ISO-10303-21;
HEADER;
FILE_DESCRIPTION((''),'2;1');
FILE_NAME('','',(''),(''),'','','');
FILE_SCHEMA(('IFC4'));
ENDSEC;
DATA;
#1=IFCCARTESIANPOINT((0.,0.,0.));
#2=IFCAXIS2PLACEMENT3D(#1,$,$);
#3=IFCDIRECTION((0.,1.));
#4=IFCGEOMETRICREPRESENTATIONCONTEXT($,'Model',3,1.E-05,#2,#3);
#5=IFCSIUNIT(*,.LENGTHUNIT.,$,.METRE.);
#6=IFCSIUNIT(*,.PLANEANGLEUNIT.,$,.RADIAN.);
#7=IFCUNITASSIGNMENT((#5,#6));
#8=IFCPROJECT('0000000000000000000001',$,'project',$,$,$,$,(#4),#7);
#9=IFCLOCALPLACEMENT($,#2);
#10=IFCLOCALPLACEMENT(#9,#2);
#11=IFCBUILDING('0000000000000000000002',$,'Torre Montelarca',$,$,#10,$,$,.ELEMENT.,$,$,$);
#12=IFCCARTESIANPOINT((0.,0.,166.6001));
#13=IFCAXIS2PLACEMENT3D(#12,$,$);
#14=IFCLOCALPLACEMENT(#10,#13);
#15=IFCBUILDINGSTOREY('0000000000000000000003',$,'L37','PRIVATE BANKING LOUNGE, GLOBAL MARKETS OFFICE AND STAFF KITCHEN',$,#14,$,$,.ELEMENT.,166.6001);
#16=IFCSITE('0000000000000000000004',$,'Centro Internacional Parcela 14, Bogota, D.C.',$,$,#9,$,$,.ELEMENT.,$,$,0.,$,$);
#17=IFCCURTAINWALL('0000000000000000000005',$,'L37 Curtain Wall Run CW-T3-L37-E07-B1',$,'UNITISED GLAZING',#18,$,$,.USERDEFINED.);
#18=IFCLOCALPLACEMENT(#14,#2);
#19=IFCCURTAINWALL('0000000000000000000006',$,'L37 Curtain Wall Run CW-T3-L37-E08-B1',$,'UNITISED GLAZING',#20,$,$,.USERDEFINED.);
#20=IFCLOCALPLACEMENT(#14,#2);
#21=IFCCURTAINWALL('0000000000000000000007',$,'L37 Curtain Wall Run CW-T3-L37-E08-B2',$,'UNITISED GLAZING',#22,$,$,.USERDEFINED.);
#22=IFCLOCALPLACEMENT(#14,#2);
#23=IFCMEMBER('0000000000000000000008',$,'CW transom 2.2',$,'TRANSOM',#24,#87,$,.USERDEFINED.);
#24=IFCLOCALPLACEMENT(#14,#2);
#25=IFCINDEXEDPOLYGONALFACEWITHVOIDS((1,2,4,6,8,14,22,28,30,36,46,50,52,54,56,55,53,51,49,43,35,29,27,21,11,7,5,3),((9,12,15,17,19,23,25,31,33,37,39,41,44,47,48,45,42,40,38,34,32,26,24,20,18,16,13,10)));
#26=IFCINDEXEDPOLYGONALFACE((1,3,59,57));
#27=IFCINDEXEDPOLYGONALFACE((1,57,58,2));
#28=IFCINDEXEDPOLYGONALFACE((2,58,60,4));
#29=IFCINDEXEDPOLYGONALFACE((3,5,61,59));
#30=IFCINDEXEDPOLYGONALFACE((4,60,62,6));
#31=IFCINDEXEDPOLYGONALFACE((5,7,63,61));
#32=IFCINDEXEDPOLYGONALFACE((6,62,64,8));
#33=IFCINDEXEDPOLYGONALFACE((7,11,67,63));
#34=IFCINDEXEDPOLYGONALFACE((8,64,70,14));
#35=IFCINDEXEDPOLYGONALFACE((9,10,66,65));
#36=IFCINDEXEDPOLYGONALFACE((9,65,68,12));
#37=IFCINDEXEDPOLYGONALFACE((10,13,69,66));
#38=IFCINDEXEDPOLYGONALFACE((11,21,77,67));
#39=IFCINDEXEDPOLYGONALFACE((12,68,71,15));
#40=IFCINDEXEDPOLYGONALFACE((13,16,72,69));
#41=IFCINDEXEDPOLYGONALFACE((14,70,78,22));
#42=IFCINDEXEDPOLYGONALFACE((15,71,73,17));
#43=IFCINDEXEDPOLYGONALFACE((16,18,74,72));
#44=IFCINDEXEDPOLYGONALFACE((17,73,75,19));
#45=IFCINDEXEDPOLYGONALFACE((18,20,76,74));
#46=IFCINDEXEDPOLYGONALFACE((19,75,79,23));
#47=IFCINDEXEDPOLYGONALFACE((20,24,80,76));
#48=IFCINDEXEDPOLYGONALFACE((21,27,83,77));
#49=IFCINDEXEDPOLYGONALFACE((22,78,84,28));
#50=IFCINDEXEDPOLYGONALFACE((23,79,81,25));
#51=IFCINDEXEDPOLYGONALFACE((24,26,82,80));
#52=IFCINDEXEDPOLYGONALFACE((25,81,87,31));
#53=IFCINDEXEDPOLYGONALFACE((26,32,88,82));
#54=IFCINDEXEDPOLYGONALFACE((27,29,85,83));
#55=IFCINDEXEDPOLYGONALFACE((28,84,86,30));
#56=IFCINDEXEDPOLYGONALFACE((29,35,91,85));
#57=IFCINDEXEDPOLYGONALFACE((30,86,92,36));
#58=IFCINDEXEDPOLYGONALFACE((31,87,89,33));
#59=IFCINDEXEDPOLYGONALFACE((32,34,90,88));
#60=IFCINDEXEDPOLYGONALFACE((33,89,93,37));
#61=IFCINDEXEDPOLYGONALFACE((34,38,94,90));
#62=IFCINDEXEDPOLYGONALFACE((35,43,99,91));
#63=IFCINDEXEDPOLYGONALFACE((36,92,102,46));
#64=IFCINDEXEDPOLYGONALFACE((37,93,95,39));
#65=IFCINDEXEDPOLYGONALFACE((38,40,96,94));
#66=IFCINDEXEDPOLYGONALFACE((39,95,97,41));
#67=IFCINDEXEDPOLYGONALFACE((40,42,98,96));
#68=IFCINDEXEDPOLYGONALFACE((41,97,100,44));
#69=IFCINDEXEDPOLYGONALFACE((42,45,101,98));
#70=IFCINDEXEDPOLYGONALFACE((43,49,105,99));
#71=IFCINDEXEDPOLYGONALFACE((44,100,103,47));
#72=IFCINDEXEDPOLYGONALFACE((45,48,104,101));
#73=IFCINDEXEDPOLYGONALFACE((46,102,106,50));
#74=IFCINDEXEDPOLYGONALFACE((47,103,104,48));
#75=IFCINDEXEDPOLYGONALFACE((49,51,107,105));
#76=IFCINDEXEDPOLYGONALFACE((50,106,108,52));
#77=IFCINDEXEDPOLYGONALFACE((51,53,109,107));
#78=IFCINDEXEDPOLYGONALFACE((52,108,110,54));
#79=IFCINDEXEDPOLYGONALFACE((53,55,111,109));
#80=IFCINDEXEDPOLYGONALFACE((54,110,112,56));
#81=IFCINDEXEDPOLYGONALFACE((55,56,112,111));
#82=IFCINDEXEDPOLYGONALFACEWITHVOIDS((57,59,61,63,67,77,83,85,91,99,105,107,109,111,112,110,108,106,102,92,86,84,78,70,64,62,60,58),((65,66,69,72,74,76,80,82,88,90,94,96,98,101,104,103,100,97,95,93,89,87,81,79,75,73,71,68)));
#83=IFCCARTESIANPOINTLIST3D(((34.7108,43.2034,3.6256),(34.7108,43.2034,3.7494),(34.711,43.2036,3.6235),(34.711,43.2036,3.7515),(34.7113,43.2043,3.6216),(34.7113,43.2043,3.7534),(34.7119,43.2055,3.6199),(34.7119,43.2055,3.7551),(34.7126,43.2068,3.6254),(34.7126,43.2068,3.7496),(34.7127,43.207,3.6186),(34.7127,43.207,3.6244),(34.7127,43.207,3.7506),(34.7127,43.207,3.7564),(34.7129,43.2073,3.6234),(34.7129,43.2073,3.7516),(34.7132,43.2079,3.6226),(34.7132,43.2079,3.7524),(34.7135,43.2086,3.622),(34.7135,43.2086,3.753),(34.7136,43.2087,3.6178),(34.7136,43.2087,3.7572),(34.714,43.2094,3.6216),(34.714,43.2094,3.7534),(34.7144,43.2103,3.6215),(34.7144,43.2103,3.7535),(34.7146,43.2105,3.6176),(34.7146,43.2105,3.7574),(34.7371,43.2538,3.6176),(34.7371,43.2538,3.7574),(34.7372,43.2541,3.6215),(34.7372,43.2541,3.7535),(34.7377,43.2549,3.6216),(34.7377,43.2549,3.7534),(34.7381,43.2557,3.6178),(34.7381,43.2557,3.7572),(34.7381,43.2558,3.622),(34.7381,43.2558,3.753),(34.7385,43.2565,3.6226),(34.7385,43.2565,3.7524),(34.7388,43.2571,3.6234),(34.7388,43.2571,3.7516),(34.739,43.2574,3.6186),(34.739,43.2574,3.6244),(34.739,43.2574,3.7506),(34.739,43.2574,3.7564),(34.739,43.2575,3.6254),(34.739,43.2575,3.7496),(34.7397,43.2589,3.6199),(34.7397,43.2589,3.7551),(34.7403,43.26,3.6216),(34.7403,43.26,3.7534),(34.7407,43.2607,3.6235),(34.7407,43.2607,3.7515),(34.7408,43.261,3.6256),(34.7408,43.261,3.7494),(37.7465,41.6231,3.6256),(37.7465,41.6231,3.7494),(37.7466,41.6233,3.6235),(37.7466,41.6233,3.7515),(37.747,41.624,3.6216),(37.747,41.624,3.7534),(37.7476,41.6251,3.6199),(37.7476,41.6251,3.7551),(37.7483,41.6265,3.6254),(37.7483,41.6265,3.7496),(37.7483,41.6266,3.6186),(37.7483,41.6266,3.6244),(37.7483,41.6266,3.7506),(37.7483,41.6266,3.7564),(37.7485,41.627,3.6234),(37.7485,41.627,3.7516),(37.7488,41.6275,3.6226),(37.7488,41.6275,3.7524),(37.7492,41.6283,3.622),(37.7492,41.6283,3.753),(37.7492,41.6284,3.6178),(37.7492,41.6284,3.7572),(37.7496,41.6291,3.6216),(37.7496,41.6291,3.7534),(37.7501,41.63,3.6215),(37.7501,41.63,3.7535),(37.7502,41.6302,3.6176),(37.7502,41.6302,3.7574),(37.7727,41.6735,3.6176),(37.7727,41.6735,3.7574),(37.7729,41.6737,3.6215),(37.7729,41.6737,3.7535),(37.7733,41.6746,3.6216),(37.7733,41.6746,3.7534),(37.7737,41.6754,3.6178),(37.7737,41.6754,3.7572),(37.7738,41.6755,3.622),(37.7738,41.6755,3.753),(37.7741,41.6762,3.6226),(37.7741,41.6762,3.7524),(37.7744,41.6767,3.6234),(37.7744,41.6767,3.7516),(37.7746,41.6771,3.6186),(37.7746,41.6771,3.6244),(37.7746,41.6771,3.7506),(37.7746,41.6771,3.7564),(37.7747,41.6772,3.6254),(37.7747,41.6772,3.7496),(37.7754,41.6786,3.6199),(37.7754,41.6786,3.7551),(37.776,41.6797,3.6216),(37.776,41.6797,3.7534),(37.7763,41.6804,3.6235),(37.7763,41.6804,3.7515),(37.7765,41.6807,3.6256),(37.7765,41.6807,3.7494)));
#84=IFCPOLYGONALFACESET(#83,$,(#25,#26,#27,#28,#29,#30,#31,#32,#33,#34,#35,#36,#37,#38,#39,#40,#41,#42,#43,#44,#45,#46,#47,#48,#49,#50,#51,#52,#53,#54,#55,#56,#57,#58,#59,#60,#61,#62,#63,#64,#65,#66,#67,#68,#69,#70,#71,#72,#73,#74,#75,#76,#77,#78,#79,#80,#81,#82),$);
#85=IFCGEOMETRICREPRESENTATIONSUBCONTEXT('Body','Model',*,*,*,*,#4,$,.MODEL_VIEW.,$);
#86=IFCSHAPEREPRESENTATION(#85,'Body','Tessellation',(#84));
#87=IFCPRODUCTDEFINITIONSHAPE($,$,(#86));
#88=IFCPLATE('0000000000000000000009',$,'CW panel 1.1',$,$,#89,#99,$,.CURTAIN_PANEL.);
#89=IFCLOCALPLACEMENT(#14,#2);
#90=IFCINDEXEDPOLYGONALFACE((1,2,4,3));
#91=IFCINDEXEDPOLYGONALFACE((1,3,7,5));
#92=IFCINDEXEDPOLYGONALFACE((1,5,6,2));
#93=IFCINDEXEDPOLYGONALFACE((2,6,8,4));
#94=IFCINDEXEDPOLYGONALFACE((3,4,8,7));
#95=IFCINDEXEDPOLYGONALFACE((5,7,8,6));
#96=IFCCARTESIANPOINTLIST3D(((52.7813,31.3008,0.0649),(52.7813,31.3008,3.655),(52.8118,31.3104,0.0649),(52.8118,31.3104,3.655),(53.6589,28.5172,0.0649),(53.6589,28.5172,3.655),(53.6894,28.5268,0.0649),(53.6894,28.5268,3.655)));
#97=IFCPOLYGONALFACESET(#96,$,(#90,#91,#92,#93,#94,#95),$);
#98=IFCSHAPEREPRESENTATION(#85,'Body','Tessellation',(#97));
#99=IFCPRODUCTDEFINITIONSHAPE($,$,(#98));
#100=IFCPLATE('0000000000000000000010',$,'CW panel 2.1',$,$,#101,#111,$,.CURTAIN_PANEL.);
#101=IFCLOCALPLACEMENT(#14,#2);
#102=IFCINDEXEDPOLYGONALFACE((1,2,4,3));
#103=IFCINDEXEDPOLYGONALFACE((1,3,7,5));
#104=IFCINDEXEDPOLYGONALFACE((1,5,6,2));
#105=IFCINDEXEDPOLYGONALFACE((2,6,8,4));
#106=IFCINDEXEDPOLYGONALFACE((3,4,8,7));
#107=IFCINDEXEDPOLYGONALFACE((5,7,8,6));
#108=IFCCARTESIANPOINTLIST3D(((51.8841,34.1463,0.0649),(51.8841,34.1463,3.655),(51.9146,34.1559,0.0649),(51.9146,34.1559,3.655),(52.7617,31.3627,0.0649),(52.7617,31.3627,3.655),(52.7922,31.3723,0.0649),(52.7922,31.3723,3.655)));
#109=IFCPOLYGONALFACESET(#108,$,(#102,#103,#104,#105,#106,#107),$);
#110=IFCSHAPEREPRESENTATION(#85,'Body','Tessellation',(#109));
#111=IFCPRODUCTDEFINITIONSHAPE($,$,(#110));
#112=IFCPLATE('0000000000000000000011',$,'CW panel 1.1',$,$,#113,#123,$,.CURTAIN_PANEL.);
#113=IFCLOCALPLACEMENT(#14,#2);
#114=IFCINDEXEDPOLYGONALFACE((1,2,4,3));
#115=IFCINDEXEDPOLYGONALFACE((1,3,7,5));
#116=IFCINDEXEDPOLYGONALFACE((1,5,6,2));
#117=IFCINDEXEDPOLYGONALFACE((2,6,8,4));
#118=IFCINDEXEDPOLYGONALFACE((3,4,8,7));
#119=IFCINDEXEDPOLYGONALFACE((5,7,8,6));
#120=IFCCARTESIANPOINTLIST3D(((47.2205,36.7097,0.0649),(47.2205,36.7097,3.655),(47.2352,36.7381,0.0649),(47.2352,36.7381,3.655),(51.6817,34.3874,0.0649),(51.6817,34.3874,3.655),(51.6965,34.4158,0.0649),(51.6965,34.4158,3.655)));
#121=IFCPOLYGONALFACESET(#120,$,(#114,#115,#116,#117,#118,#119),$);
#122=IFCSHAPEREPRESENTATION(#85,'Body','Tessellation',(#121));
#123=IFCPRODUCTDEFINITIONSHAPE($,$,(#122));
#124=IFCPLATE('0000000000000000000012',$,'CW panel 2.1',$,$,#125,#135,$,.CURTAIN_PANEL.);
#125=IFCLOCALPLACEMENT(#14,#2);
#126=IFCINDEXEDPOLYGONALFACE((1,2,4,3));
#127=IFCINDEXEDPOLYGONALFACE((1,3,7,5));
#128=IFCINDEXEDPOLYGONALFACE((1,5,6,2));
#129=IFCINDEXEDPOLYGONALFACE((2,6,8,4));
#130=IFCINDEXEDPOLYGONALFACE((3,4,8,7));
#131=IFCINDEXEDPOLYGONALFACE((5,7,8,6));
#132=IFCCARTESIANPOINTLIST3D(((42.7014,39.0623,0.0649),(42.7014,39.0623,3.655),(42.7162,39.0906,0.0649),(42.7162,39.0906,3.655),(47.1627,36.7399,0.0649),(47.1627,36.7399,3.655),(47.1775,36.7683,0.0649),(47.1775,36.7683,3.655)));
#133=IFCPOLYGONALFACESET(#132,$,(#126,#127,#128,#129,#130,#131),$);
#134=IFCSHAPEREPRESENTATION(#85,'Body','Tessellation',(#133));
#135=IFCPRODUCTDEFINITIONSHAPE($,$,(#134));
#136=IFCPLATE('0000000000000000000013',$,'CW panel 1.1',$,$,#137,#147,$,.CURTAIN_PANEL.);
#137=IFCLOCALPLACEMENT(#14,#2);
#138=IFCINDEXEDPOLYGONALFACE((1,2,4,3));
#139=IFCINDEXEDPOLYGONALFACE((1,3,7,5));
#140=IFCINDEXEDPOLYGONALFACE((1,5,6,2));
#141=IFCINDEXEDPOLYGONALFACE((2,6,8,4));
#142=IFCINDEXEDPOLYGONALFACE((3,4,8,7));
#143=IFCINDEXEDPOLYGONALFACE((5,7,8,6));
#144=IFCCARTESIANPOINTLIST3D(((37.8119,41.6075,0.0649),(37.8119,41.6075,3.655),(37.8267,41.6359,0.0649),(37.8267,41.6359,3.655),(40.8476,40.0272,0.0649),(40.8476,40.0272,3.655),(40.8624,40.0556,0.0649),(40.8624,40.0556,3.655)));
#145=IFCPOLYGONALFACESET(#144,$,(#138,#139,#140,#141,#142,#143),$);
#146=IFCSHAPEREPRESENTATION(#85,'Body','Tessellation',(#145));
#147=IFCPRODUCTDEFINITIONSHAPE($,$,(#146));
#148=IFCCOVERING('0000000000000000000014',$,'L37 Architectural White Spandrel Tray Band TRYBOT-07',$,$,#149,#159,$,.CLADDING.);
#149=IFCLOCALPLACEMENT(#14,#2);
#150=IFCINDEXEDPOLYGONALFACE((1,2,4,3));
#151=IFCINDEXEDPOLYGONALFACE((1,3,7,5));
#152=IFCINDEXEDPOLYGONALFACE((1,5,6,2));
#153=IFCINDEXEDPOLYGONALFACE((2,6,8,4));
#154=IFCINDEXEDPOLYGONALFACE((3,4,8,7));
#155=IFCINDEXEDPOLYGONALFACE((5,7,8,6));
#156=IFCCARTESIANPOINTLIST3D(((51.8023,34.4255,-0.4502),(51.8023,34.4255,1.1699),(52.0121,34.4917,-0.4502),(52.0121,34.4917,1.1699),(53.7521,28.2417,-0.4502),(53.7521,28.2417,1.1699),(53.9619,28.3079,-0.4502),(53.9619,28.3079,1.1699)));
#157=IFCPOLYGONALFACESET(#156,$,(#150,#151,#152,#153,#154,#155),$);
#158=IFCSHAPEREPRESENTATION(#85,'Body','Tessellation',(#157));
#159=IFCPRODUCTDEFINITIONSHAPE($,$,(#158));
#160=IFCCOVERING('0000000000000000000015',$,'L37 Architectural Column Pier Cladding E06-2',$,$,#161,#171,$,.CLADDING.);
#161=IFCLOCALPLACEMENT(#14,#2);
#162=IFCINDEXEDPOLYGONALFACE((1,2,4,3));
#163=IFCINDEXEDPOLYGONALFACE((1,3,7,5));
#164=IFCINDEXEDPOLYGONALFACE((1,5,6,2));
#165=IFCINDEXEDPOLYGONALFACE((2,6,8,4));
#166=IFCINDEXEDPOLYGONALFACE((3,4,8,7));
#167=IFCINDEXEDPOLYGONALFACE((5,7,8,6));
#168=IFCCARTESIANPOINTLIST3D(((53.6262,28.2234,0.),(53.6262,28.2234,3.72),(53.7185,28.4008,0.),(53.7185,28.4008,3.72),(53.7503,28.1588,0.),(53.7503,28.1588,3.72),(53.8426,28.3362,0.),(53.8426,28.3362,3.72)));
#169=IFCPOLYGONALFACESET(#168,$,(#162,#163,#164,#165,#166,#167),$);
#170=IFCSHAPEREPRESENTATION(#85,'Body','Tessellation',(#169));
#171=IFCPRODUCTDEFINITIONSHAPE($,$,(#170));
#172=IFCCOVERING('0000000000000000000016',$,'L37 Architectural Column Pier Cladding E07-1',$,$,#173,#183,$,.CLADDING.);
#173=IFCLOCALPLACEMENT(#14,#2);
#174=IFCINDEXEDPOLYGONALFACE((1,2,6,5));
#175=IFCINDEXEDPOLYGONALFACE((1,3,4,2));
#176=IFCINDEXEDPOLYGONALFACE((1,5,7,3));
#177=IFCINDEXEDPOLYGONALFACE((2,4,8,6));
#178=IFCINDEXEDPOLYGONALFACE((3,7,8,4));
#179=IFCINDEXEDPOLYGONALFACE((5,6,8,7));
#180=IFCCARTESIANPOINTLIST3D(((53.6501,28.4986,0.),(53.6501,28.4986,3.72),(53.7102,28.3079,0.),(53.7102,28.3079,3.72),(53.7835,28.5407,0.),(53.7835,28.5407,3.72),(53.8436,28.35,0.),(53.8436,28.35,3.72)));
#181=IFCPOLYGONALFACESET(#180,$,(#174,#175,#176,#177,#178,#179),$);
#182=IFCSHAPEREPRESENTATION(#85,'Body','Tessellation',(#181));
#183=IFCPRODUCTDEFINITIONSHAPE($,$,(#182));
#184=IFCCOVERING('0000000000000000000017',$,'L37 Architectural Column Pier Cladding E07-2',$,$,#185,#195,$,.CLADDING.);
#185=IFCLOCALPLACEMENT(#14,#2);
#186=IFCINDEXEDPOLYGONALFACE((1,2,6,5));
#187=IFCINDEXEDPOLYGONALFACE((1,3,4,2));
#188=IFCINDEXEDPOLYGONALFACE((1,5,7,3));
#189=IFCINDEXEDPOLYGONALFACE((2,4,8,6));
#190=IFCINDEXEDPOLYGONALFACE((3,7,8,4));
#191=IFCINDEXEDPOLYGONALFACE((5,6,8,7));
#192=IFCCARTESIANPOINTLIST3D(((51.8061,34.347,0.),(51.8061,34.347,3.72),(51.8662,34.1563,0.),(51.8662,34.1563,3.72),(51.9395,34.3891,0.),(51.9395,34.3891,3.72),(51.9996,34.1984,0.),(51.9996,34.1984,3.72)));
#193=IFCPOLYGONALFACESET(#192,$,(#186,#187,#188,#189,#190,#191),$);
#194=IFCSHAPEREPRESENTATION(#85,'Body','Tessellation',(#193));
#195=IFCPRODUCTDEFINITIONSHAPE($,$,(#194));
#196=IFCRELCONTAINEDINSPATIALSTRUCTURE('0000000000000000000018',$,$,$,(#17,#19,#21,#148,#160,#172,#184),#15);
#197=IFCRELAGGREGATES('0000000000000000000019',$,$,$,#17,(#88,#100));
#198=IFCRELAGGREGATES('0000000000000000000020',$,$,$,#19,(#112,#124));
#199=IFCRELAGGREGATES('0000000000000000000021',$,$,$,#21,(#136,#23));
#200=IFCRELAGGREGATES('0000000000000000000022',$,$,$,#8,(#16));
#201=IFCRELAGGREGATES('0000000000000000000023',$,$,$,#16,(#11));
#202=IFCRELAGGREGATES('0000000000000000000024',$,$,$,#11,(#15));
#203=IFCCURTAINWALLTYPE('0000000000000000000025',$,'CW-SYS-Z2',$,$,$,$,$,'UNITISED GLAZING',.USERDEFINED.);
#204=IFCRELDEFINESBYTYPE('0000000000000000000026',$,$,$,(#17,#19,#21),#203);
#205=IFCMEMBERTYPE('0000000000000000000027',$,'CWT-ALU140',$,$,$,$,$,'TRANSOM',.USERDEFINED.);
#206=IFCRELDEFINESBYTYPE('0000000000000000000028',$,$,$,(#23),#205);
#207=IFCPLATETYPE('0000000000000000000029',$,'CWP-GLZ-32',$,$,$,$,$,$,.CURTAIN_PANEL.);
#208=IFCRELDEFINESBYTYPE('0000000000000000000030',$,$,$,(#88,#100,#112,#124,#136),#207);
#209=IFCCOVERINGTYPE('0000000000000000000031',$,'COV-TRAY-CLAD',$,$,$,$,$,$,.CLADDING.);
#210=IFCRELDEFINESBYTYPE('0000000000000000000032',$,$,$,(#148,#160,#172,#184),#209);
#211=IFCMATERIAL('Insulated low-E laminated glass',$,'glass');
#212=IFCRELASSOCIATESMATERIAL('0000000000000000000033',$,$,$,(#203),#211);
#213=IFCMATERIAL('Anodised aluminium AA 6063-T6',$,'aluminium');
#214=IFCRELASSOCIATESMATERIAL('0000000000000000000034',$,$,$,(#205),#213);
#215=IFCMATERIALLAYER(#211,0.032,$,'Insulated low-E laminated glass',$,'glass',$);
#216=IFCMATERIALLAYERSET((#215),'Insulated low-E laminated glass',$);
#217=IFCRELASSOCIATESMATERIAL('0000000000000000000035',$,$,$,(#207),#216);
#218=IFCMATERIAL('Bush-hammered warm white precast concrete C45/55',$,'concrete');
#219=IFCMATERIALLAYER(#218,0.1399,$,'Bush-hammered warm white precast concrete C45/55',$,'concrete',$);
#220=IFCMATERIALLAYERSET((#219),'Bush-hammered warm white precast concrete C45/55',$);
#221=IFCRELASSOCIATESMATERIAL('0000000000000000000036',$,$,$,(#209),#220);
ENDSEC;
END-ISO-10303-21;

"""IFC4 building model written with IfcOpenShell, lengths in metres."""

from ifc_helpers import new_model, si_unit, direction, frame, origin, origin_2d, place, context, subcontext, project, spatial, rectangle, hollow_rectangle, extrude, source, transform, mapped, material, layer, layer_set, material_profile, profile_set, type_object, element, aggregate, save


model = new_model("IFC4")

# Units and contexts
model_context = context("Model", 3, precision=1e-05, world=origin(), true_north=direction((0.0, 1.0)))
body_context = subcontext(model_context, "Body", "Model", "MODEL_VIEW")
ifc_project = project(units=[si_unit("LENGTHUNIT", "METRE"), si_unit("PLANEANGLEUNIT", "RADIAN")], contexts=[model_context])

# Site, building, storey
site_placement = place(None, origin())
site = spatial("IfcSite", under=ifc_project, at=site_placement, Name="Centro Internacional Parcela 14, Bogota, D.C.", CompositionType="ELEMENT", RefElevation=0.0)
building_placement = place(site_placement, origin())
building = spatial("IfcBuilding", under=site, at=building_placement, Name="Torre Montelarca", CompositionType="ELEMENT")
storey_placement = place(building_placement, frame((0.0, 0.0, 166.6001)))
storey = spatial("IfcBuildingStorey", under=building, at=storey_placement, Name="L37", Description="PRIVATE BANKING LOUNGE, GLOBAL MARKETS OFFICE AND STAFF KITCHEN", CompositionType="ELEMENT", Elevation=166.6001)

# Curtain wall
ifc_material_1 = material(Name="Insulated low-E laminated glass", Category="glass")
curtain_wall_type = type_object("IfcCurtainWallType", Name="CW-SYS-Z2", ElementType="UNITISED GLAZING", PredefinedType="USERDEFINED", material=ifc_material_1)
curtain_wall_1_placement = place(storey_placement, origin())
curtain_wall_1 = element("IfcCurtainWall", 1, at=curtain_wall_1_placement, inside=storey, type_object=curtain_wall_type, Name="L37 Curtain Wall Run CW-T3-L37-E07-B1", ObjectType="UNITISED GLAZING", PredefinedType="USERDEFINED")
ifc_material_2 = material(Name="Anodised aluminium AA 6063-T6", Category="aluminium")
ifc_material_profile_1 = material_profile(ifc_material_2, hollow_rectangle(XDim=0.0649, YDim=0.1399, WallThickness=0.0039, InnerFilletRadius=0.0039, OuterFilletRadius=0.0081, at=origin_2d()), Name="ALU65X140X4", Category="aluminium")
ifc_profile_set_1 = profile_set([ifc_material_profile_1], Name="Anodised aluminium AA 6063-T6")
member_type_1 = type_object("IfcMemberType", Name="CWT-ALU140", ElementType="TRANSOM", PredefinedType="USERDEFINED", material=ifc_profile_set_1)

# Curtain walls
curtain_wall_2_placement = place(storey_placement, origin())
curtain_wall_2 = element("IfcCurtainWall", 2, at=curtain_wall_2_placement, inside=storey, type_object=curtain_wall_type, Name="L37 Curtain Wall Run CW-T3-L37-E08-B1", ObjectType="UNITISED GLAZING", PredefinedType="USERDEFINED")
curtain_wall_3_placement = place(storey_placement, origin())
curtain_wall_3 = element("IfcCurtainWall", 3, at=curtain_wall_3_placement, inside=storey, type_object=curtain_wall_type, Name="L37 Curtain Wall Run CW-T3-L37-E08-B2", ObjectType="UNITISED GLAZING", PredefinedType="USERDEFINED")

# Member
shared_shape_1 = source(origin(), body_context, "Body", "SweptSolid", [
    extrude(hollow_rectangle(XDim=0.0649, YDim=0.1399, WallThickness=0.0039, InnerFilletRadius=0.0039, OuterFilletRadius=0.0081, at=origin_2d()), origin(), (0.0, 0.0, 1.0), 3.4224),
])
member_1_placement = place(storey_placement, frame((37.7615, 41.6519, 3.6875), z_axis=(-0.887003, 0.461764, 0.0), x_axis=(-0.461764, -0.887003, 0.0)))
member_1 = element("IfcMember", 4, at=member_1_placement, type_object=member_type_1, Name="CW transom 2.2", ObjectType="TRANSOM", PredefinedType="USERDEFINED", context=body_context, shape_type="MappedRepresentation", body=[
    mapped(shared_shape_1, transform((0.0, 0.0, 0.0), scale=1.0)),
])

# Plates
ifc_layer_1 = layer(ifc_material_1, 0.032, Name="Insulated low-E laminated glass", Category="glass")
ifc_layer_set_1 = layer_set([ifc_layer_1], Name="Insulated low-E laminated glass")
plate_type = type_object("IfcPlateType", Name="CWP-GLZ-32", PredefinedType="CURTAIN_PANEL", material=ifc_layer_set_1)
shared_shape_2 = source(origin(), body_context, "Body", "SweptSolid", [
    extrude(rectangle(XDim=2.9187, YDim=0.032, at=origin_2d()), origin(), (0.0, 0.0, 1.0), 3.5901),
])
plate_1_placement = place(storey_placement, frame((53.2354, 29.9138, 0.0649), z_axis=(0.0, 0.0, 1.0), x_axis=(-0.300699, 0.953719, 0.0)))
plate_1 = element("IfcPlate", 5, at=plate_1_placement, type_object=plate_type, Name="CW panel 1.1", PredefinedType="CURTAIN_PANEL", context=body_context, shape_type="MappedRepresentation", body=[
    mapped(shared_shape_2, transform((0.0, 0.0, 0.0), scale=1.0)),
])
plate_2_placement = place(storey_placement, frame((52.3381, 32.7593, 0.0649), z_axis=(0.0, 0.0, 1.0), x_axis=(-0.300699, 0.953719, 0.0)))
plate_2 = element("IfcPlate", 6, at=plate_2_placement, type_object=plate_type, Name="CW panel 2.1", PredefinedType="CURTAIN_PANEL", context=body_context, shape_type="MappedRepresentation", body=[
    mapped(shared_shape_2, transform((0.0, 0.0, 0.0), scale=1.0)),
])
aggregate(curtain_wall_1, [plate_1, plate_2])
shared_shape_3 = source(origin(), body_context, "Body", "SweptSolid", [
    extrude(rectangle(XDim=5.0295, YDim=0.032, at=origin_2d()), origin(), (0.0, 0.0, 1.0), 3.5901),
])
plate_3_placement = place(storey_placement, frame((49.4585, 35.5627, 0.0649), z_axis=(0.0, 0.0, 1.0), x_axis=(-0.887014, 0.461743, 0.0)))
plate_3 = element("IfcPlate", 7, at=plate_3_placement, type_object=plate_type, Name="CW panel 1.1", PredefinedType="CURTAIN_PANEL", context=body_context, shape_type="MappedRepresentation", body=[
    mapped(shared_shape_3, transform((0.0, 0.0, 0.0), scale=1.0)),
])
plate_4_placement = place(storey_placement, frame((44.9395, 37.9153, 0.0649), z_axis=(0.0, 0.0, 1.0), x_axis=(-0.887014, 0.461743, 0.0)))
plate_4 = element("IfcPlate", 8, at=plate_4_placement, type_object=plate_type, Name="CW panel 2.1", PredefinedType="CURTAIN_PANEL", context=body_context, shape_type="MappedRepresentation", body=[
    mapped(shared_shape_3, transform((0.0, 0.0, 0.0), scale=1.0)),
])
aggregate(curtain_wall_2, [plate_3, plate_4])
shared_shape_4 = source(origin(), body_context, "Body", "SweptSolid", [
    extrude(rectangle(XDim=3.4224, YDim=0.032, at=origin_2d()), origin(), (0.0, 0.0, 1.0), 3.5901),
])
plate_5_placement = place(storey_placement, frame((39.3372, 40.8315, 0.0649), z_axis=(0.0, 0.0, 1.0), x_axis=(-0.887013, 0.461745, 0.0)))
plate_5 = element("IfcPlate", 9, at=plate_5_placement, type_object=plate_type, Name="CW panel 1.1", PredefinedType="CURTAIN_PANEL", context=body_context, shape_type="MappedRepresentation", body=[
    mapped(shared_shape_4, transform((0.0, 0.0, 0.0), scale=1.0)),
])
aggregate(curtain_wall_3, [plate_5, member_1])

# Coverings
ifc_material_3 = material(Name="Bush-hammered warm white precast concrete C45/55", Category="concrete")
ifc_layer_2 = layer(ifc_material_3, 0.1399, Name="Bush-hammered warm white precast concrete C45/55", Category="concrete")
ifc_layer_set_2 = layer_set([ifc_layer_2], Name="Bush-hammered warm white precast concrete C45/55")
covering_type = type_object("IfcCoveringType", Name="COV-TRAY-CLAD", PredefinedType="CLADDING", material=ifc_layer_set_2)
shared_shape_5 = source(origin(), body_context, "Body", "SweptSolid", [
    extrude(rectangle(XDim=6.4839, YDim=0.22, at=origin_2d()), origin(), (0.0, 0.0, 1.0), 1.6201),
])
covering_1_placement = place(storey_placement, frame((52.8821, 31.3667, -0.4502), z_axis=(0.0, 0.0, 1.0), x_axis=(-0.300709, 0.953716, 0.0)))
element("IfcCovering", 10, at=covering_1_placement, inside=storey, type_object=covering_type, Name="L37 Architectural White Spandrel Tray Band TRYBOT-07", PredefinedType="CLADDING", context=body_context, shape_type="MappedRepresentation", body=[
    mapped(shared_shape_5, transform((0.0, 0.0, 0.0), scale=1.0)),
])
shared_shape_6 = source(origin(), body_context, "Body", "SweptSolid", [
    extrude(rectangle(XDim=0.2, YDim=0.1399, at=origin_2d()), origin(), (0.0, 0.0, 1.0), 3.72),
])
for number, where, z_axis, x_axis, name in (
    (11, (53.7344, 28.2798, 0.0), (0.0, 0.0, 1.0), (0.461744, 0.887013, 0.0), "L37 Architectural Column Pier Cladding E06-2"),
    (12, (53.7468, 28.4243, 0.0), (0.0, 0.0, 1.0), (-0.300706, 0.953717, 0.0), "L37 Architectural Column Pier Cladding E07-1"),
    (13, (51.9028, 34.2727, 0.0), (0.0, 0.0, 1.0), (-0.300706, 0.953717, 0.0), "L37 Architectural Column Pier Cladding E07-2"),
):
    element("IfcCovering", number, at=place(storey_placement, frame(where, z_axis=z_axis, x_axis=x_axis)), inside=storey, type_object=covering_type, Name=name, PredefinedType="CLADDING", context=body_context, shape_type="MappedRepresentation", body=[
        mapped(shared_shape_6, transform((0.0, 0.0, 0.0), scale=1.0)),
    ])

save(model, "model.ifc")
